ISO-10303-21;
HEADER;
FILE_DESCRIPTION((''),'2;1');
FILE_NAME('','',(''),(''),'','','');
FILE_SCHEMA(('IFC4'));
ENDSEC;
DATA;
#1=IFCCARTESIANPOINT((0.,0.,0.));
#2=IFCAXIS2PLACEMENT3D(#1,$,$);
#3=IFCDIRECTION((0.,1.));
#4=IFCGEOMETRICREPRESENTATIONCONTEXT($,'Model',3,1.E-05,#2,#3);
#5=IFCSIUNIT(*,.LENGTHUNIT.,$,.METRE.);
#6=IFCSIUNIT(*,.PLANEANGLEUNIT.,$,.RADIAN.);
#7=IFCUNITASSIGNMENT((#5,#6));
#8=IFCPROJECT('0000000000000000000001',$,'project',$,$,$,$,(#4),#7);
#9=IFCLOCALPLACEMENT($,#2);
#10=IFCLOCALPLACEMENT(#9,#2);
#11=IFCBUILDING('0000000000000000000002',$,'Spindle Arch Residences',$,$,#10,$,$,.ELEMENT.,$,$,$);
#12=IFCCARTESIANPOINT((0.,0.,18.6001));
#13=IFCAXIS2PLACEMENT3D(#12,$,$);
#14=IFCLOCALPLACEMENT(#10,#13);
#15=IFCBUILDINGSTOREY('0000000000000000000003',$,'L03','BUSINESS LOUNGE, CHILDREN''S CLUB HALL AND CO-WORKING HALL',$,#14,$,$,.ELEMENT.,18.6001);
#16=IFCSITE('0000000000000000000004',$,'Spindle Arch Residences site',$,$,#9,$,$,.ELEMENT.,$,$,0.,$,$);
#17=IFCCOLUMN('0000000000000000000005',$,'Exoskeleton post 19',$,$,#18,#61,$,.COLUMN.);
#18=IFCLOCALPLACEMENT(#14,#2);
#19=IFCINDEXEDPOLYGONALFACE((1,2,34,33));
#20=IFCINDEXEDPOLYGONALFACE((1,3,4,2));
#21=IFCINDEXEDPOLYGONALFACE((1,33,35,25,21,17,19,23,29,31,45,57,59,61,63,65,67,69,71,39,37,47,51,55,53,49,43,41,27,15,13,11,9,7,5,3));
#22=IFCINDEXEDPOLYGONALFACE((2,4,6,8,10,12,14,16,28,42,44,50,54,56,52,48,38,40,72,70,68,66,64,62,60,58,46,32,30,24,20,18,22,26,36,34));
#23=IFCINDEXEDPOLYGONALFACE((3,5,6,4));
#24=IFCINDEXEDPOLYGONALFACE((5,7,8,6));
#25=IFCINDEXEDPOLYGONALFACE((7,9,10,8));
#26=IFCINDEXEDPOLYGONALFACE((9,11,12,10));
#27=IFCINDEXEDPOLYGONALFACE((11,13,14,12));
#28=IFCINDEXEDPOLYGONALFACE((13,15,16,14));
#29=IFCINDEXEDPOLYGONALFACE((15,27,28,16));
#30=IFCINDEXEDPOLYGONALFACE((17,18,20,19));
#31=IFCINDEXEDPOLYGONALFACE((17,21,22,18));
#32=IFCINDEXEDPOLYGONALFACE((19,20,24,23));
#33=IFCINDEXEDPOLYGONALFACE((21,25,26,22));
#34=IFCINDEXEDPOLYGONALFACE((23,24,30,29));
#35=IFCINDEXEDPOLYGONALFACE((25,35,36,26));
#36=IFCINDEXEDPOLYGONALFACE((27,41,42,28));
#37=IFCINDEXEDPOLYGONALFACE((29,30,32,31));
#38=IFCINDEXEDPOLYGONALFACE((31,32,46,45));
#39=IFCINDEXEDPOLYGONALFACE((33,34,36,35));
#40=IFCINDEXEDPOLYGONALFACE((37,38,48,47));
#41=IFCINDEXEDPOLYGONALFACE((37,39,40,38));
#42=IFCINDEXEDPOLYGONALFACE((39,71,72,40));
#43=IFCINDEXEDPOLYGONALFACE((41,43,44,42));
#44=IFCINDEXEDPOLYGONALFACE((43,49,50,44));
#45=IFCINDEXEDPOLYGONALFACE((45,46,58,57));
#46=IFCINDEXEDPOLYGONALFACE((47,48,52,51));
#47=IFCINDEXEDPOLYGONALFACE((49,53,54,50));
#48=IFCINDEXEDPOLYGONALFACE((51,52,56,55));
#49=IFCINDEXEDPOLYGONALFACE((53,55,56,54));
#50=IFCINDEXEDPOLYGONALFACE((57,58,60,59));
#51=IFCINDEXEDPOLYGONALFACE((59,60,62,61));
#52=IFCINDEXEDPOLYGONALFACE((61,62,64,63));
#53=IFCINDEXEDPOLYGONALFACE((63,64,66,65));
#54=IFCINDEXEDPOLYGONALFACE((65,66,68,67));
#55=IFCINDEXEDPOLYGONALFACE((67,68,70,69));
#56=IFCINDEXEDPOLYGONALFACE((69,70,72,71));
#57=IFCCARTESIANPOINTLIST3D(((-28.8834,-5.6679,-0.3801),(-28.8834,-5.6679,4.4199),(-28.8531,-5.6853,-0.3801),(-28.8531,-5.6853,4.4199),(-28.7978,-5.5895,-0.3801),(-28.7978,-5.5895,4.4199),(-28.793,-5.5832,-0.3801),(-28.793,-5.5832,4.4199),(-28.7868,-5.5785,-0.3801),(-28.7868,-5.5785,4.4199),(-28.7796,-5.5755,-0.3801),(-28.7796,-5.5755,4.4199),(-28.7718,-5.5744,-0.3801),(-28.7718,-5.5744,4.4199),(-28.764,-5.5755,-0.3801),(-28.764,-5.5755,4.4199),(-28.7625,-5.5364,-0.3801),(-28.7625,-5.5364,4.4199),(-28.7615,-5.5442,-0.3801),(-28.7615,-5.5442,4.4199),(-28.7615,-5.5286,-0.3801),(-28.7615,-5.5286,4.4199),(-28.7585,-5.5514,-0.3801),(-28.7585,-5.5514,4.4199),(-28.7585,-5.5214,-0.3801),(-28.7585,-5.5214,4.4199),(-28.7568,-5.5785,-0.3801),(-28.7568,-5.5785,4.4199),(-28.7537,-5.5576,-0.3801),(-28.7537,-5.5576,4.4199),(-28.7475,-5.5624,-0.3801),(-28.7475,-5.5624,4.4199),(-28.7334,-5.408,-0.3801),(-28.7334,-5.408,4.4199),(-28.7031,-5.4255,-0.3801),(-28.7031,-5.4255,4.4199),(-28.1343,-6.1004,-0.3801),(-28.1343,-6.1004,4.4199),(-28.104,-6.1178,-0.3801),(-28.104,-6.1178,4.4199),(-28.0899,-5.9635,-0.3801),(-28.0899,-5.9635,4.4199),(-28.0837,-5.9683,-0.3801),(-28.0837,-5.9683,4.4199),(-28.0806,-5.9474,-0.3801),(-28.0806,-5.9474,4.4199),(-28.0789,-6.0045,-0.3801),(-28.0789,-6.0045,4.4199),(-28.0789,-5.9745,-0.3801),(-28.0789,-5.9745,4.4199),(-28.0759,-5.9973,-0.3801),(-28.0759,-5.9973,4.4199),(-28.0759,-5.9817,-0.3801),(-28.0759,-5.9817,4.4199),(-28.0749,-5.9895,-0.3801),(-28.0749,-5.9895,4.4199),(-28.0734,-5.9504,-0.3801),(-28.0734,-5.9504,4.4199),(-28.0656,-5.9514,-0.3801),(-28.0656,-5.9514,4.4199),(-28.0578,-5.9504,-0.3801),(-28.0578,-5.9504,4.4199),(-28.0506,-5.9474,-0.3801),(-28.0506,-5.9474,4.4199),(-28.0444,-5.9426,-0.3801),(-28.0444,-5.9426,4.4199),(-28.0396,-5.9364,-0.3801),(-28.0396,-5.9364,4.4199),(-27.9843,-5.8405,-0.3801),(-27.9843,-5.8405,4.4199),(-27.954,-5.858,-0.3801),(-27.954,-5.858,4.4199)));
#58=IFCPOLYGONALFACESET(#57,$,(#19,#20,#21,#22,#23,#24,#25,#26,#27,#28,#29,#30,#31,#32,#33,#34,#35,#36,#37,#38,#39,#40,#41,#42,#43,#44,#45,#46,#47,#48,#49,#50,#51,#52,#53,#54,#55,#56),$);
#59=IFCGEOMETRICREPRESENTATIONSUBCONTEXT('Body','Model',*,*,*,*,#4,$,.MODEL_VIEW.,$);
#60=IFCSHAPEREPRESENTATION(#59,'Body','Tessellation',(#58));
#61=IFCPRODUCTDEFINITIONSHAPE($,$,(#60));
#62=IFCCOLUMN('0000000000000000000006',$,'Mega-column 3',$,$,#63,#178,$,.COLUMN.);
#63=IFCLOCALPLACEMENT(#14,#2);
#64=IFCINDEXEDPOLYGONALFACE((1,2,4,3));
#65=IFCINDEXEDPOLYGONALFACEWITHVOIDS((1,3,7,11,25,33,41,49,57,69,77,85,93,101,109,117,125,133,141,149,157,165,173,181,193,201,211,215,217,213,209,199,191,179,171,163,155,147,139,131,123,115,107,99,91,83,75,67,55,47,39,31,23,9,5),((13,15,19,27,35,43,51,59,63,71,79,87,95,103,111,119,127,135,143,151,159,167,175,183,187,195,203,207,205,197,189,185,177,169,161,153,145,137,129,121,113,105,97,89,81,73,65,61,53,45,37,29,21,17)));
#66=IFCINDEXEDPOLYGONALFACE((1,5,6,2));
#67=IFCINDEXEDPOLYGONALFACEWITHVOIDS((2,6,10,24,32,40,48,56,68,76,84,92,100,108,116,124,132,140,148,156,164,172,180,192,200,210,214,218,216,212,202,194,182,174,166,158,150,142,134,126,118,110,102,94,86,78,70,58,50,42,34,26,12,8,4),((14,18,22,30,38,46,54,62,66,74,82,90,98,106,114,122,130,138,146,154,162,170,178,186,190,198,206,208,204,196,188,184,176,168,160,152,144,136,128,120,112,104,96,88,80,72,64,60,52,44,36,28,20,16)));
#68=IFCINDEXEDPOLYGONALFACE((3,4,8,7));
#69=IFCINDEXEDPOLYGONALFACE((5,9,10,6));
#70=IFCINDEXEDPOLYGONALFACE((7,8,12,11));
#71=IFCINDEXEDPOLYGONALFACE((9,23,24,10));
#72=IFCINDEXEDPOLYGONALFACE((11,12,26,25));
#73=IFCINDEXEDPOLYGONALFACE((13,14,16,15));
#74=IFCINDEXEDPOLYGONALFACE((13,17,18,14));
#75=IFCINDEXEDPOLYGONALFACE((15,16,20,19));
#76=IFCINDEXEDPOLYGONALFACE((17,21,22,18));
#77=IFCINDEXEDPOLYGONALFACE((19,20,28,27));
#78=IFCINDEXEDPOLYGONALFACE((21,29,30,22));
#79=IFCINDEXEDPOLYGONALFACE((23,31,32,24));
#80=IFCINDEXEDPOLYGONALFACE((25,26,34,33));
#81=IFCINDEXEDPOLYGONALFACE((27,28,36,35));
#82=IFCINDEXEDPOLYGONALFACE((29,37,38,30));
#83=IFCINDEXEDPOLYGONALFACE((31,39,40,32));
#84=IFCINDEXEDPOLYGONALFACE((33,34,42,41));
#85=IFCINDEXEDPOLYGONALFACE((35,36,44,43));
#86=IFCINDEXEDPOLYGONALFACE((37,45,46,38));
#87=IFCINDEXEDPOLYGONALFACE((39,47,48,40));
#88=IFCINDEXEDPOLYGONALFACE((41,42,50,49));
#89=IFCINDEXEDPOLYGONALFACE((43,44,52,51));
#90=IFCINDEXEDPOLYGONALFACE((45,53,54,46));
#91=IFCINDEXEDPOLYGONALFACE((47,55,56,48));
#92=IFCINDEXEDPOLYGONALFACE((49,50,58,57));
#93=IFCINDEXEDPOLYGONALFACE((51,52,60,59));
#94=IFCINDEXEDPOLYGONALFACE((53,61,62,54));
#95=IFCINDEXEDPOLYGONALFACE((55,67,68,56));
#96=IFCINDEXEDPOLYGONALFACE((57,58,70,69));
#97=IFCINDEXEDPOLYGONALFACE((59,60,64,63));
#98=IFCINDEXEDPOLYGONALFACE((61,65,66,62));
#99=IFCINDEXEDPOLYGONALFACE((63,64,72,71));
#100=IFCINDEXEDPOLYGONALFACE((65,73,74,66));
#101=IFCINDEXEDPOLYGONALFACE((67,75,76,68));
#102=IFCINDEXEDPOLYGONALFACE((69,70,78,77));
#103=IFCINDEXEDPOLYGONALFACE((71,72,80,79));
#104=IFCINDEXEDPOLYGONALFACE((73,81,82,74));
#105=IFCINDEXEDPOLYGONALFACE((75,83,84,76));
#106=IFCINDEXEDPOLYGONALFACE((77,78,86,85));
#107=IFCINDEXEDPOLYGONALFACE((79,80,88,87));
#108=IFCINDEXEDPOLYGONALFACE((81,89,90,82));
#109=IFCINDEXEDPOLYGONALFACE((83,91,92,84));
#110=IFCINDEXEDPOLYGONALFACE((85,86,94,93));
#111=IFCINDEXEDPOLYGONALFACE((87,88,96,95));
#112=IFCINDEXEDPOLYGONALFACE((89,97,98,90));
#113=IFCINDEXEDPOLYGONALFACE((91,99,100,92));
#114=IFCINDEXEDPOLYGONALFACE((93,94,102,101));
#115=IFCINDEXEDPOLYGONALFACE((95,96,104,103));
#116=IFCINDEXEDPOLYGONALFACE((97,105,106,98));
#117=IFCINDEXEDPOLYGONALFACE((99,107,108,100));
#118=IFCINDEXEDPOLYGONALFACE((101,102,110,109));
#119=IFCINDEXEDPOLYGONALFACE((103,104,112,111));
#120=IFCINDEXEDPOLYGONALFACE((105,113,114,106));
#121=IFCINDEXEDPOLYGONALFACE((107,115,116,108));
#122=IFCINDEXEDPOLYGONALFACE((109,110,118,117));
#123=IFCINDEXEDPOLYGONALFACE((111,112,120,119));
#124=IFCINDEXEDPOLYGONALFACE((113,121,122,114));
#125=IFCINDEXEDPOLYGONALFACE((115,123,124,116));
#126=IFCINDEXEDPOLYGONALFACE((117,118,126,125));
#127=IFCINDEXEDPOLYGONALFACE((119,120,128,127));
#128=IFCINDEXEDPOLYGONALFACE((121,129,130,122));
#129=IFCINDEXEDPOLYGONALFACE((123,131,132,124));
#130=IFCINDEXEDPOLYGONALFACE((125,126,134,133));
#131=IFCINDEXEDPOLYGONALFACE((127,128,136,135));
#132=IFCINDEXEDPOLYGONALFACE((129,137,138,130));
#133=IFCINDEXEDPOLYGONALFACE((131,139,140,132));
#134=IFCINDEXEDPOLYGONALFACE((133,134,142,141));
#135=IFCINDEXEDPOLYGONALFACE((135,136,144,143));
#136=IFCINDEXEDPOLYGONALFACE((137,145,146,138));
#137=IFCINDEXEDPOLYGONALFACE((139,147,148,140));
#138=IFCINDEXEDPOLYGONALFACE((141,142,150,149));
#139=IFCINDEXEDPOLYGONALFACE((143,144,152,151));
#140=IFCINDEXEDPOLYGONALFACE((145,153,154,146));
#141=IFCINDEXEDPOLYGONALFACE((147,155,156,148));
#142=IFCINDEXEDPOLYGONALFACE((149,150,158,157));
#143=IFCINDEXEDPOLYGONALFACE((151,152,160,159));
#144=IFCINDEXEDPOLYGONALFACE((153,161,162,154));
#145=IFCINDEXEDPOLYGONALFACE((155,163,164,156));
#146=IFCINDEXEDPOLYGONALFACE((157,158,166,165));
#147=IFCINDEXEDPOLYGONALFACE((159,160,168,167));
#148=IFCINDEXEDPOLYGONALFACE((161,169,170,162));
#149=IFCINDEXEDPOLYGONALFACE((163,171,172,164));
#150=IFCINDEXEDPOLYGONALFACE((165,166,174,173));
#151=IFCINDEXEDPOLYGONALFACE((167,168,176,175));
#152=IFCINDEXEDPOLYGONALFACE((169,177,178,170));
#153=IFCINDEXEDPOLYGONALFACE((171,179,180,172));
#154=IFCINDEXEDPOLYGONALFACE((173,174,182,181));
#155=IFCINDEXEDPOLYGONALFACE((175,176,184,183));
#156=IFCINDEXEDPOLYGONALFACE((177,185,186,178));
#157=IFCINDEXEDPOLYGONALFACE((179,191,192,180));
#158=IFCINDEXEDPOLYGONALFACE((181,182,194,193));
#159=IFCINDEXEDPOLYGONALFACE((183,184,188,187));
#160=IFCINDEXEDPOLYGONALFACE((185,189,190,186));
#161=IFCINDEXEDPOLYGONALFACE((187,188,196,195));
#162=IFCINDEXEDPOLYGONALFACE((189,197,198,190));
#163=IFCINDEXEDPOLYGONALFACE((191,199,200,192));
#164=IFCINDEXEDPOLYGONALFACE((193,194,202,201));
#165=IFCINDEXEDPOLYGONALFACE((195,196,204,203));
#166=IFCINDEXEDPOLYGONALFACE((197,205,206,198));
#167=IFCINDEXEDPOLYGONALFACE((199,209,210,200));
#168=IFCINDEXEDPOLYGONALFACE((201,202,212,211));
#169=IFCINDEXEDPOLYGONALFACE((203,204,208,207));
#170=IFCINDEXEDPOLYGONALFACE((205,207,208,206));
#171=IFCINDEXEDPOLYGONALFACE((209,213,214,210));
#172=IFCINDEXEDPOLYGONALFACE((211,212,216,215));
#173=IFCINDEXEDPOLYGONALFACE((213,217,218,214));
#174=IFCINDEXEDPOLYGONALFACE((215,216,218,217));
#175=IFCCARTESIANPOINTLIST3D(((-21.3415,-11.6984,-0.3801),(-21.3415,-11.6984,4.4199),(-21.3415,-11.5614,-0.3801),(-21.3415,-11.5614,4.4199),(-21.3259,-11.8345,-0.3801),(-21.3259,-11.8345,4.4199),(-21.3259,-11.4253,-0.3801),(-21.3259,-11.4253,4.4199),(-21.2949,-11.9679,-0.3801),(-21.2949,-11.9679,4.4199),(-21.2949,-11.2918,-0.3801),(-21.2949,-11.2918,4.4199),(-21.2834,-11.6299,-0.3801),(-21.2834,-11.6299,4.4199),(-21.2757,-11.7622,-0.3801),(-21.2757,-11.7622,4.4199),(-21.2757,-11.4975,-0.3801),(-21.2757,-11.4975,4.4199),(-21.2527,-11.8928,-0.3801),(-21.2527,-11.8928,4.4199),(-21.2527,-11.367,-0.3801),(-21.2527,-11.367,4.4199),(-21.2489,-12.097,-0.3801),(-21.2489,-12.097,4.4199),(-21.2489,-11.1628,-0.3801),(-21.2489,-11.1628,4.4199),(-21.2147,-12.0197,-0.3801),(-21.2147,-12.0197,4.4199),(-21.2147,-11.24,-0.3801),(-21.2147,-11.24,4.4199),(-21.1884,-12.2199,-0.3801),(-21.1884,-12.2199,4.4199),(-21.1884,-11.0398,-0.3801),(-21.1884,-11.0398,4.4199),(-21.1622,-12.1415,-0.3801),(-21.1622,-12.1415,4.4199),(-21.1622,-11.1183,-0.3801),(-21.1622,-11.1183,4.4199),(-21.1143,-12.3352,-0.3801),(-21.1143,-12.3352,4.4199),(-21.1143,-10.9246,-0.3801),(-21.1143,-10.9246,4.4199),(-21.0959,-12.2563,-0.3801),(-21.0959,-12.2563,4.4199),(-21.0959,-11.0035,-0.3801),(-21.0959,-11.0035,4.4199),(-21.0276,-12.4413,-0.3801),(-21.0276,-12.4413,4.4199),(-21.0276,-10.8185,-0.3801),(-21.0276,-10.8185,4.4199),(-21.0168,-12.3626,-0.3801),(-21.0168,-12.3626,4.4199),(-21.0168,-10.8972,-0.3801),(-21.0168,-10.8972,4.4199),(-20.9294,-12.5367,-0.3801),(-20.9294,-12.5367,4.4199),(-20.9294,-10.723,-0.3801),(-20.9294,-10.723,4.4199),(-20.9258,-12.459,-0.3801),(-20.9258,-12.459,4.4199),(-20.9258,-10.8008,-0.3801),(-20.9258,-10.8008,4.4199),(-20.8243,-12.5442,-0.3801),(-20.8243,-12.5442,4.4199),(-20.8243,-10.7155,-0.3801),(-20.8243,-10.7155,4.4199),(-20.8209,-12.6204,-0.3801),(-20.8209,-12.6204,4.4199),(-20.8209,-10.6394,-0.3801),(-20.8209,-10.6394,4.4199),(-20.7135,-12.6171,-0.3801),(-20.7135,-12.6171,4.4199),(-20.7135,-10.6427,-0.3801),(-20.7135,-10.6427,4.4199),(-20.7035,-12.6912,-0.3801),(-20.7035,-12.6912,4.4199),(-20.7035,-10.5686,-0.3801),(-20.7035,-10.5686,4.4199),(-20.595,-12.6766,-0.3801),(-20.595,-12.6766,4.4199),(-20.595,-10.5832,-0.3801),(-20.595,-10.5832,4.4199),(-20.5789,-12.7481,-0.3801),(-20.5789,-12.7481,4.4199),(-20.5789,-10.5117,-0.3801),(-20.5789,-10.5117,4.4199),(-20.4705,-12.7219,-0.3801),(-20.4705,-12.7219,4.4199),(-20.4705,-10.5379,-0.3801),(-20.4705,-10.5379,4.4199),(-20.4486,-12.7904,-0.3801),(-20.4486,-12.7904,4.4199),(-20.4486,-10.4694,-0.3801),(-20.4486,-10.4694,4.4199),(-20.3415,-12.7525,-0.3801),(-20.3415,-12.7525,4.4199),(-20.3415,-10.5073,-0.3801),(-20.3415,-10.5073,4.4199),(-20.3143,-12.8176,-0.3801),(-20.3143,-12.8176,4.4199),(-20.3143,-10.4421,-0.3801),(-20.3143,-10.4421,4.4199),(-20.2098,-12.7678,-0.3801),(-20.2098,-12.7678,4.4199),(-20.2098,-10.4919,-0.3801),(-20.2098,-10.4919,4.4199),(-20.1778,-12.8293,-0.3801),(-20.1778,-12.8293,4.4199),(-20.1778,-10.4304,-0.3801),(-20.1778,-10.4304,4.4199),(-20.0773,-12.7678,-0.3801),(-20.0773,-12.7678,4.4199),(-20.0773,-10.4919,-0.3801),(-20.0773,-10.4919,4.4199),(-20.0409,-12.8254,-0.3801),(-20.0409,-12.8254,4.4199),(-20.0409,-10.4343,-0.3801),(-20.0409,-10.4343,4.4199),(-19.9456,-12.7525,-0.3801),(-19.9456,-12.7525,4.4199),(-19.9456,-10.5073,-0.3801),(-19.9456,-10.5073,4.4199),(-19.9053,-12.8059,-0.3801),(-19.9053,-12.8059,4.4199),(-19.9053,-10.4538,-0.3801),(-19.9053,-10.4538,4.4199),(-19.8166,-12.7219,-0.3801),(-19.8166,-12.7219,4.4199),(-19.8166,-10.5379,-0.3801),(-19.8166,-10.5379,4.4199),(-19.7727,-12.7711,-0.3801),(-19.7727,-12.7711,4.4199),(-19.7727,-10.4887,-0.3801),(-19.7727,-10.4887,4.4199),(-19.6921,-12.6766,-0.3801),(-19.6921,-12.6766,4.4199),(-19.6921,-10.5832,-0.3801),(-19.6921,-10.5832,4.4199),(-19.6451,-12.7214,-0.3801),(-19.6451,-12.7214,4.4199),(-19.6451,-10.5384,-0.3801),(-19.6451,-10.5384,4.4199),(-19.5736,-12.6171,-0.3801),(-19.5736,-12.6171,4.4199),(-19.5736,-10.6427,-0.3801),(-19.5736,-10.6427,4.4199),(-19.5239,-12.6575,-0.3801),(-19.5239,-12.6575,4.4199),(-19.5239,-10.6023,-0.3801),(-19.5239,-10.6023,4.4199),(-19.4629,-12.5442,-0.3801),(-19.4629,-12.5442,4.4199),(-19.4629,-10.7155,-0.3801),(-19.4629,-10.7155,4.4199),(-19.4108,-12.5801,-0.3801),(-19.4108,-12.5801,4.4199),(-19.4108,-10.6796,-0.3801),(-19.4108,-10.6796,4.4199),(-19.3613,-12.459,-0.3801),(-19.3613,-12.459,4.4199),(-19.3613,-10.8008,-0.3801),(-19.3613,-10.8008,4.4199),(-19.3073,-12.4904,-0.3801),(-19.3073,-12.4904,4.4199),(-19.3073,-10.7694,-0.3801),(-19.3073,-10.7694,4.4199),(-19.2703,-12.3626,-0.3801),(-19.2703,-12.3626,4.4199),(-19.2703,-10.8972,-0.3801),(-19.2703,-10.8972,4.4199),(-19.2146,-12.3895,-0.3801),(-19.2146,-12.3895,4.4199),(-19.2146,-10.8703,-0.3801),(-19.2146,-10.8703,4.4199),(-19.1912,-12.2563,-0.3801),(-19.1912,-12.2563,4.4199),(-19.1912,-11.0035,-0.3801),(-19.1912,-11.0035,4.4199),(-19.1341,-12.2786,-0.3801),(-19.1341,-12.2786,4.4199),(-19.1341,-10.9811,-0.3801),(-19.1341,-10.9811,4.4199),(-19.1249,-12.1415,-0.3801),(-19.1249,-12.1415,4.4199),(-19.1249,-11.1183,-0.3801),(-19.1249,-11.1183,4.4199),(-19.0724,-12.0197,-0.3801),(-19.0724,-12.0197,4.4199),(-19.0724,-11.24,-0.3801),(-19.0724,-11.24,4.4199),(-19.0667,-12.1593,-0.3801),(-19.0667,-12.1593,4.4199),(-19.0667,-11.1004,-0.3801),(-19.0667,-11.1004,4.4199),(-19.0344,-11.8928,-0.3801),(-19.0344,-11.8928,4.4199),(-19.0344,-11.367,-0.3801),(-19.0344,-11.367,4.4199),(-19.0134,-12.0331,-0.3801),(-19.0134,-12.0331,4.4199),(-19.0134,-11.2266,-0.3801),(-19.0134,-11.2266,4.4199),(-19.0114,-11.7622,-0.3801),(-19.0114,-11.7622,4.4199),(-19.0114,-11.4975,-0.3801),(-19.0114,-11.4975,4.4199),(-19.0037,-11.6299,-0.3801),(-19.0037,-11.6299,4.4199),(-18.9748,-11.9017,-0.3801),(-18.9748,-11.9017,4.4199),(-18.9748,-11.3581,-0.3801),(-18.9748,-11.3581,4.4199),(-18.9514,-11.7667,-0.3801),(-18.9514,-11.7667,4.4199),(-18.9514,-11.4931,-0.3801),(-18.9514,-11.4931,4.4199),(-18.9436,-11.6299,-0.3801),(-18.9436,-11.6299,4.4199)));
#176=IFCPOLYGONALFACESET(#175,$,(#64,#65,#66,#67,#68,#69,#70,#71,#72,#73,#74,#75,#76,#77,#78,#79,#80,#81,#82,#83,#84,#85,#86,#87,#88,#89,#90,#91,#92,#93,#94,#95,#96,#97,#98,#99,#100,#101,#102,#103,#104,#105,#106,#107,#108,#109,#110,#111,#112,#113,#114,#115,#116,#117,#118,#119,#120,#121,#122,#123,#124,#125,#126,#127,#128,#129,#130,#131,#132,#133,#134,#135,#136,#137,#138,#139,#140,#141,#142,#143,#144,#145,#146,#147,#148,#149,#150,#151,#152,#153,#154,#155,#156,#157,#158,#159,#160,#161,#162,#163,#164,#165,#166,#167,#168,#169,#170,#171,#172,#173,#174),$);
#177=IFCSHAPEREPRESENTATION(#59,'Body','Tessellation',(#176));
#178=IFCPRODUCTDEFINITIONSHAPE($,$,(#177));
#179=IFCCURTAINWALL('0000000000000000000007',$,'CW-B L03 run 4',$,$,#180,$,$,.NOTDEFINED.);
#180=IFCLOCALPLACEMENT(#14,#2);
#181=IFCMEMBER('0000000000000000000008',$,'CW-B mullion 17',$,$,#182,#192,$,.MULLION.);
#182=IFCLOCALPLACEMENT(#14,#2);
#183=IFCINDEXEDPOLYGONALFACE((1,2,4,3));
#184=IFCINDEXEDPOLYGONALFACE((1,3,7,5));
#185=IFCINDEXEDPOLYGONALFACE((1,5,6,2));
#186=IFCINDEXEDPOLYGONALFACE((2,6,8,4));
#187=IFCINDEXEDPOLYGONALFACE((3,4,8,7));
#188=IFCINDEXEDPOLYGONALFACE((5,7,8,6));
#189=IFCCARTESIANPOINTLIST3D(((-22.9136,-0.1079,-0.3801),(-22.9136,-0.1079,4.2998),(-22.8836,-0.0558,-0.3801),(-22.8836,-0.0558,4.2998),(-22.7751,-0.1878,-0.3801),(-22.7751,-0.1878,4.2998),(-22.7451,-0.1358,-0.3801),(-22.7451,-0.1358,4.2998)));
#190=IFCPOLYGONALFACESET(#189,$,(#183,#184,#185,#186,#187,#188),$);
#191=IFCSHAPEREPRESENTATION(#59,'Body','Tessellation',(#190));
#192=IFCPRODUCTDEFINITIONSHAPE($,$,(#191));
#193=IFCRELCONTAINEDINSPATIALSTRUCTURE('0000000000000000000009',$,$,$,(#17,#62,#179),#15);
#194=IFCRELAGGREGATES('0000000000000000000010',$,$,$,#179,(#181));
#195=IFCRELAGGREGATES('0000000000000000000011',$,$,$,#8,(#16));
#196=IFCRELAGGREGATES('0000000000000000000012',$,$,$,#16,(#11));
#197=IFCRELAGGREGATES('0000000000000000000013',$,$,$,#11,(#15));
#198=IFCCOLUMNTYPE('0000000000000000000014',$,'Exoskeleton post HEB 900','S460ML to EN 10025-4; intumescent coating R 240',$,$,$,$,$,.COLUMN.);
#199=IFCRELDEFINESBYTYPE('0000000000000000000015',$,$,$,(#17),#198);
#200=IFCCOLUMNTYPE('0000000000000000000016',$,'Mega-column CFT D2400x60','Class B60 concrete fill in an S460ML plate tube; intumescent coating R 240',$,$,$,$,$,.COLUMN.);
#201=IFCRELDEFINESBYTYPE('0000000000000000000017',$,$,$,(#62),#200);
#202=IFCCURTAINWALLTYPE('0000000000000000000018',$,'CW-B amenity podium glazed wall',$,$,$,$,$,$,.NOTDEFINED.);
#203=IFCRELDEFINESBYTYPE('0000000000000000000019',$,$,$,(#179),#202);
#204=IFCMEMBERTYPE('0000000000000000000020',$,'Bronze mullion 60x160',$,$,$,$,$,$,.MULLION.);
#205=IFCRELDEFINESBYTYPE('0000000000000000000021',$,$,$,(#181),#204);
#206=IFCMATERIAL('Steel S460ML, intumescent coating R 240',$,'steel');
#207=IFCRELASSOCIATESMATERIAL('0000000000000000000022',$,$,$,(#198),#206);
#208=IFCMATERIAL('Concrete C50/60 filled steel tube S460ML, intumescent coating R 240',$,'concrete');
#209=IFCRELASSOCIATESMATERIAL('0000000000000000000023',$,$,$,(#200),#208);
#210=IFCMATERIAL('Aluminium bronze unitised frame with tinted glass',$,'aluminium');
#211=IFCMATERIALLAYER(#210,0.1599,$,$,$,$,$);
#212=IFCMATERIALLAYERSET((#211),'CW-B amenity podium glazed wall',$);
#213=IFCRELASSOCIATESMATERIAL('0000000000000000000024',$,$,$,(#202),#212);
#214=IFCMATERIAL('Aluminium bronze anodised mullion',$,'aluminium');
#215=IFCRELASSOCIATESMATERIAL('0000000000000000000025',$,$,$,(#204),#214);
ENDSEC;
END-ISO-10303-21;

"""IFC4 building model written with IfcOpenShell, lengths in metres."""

from ifc_helpers import new_model, si_unit, direction, frame, origin, origin_2d, place, context, subcontext, project, spatial, rectangle, hollow_circle, i_section, extrude, material, layer, layer_set, material_profile, profile_set, type_object, element, aggregate, save


model = new_model("IFC4")

# Units and contexts
model_context = context("Model", 3, precision=1e-05, world=origin(), true_north=direction((0.0, 1.0)))
body_context = subcontext(model_context, "Body", "Model", "MODEL_VIEW")
ifc_project = project(units=[si_unit("LENGTHUNIT", "METRE"), si_unit("PLANEANGLEUNIT", "RADIAN")], contexts=[model_context])

# Site, building, storey
site_placement = place(None, origin())
site = spatial("IfcSite", under=ifc_project, at=site_placement, Name="Spindle Arch Residences site", CompositionType="ELEMENT", RefElevation=0.0)
building_placement = place(site_placement, origin())
building = spatial("IfcBuilding", under=site, at=building_placement, Name="Spindle Arch Residences", CompositionType="ELEMENT")
storey_placement = place(building_placement, frame((0.0, 0.0, 18.6001)))
storey = spatial("IfcBuildingStorey", under=building, at=storey_placement, Name="L03", Description="BUSINESS LOUNGE, CHILDREN'S CLUB HALL AND CO-WORKING HALL", CompositionType="ELEMENT", Elevation=18.6001)

# Columns
ifc_material_1 = material(Name="Steel S460ML, intumescent coating R 240", Category="steel")
ifc_material_profile_1 = material_profile(ifc_material_1, i_section(OverallWidth=0.3, OverallDepth=0.8999, WebThickness=0.0186, FlangeThickness=0.0349, FilletRadius=0.03, at=origin_2d()), Name="HEB 900")
ifc_profile_set_1 = profile_set([ifc_material_profile_1], Name="Steel S460ML, intumescent coating R 240")
column_type_1 = type_object("IfcColumnType", Name="Exoskeleton post HEB 900", Description="S460ML to EN 10025-4; intumescent coating R 240", PredefinedType="COLUMN", material=ifc_profile_set_1)
column_1_placement = place(storey_placement, frame((-28.4187, -5.7629, -0.3801), z_axis=(0.0, 0.0, 1.0), x_axis=(0.5, 0.866025, 0.0)))
element("IfcColumn", 1, at=column_1_placement, inside=storey, type_object=column_type_1, Name="Exoskeleton post 19", PredefinedType="COLUMN", context=body_context, shape_type="SweptSolid", body=[
    extrude(i_section(OverallWidth=0.3, OverallDepth=0.8999, WebThickness=0.0186, FlangeThickness=0.0349, FilletRadius=0.03, at=origin_2d()), origin(), (0.0, 0.0, 1.0), 4.8),
])
ifc_material_2 = material(Name="Concrete C50/60 filled steel tube S460ML, intumescent coating R 240", Category="concrete")
ifc_material_profile_2 = material_profile(ifc_material_2, hollow_circle(Radius=1.2, WallThickness=0.0601, at=origin_2d()), Name="CFT D2400x60")
ifc_profile_set_2 = profile_set([ifc_material_profile_2], Name="Concrete C50/60 filled steel tube S460ML, intumescent coating R 240")
column_type_2 = type_object("IfcColumnType", Name="Mega-column CFT D2400x60", Description="Class B60 concrete fill in an S460ML plate tube; intumescent coating R 240", PredefinedType="COLUMN", material=ifc_profile_set_2)
column_2_placement = place(storey_placement, frame((-20.1436, -11.6299, -0.3801), z_axis=(0.0, 0.0, 1.0), x_axis=(1.0, 0.0, 0.0)))
element("IfcColumn", 2, at=column_2_placement, inside=storey, type_object=column_type_2, Name="Mega-column 3", PredefinedType="COLUMN", context=body_context, shape_type="SweptSolid", body=[
    extrude(hollow_circle(Radius=1.2, WallThickness=0.0601, at=origin_2d()), origin(), (0.0, 0.0, 1.0), 4.8),
])

# Curtain wall, member
ifc_material_3 = material(Name="Aluminium bronze unitised frame with tinted glass", Category="aluminium")
ifc_layer_1 = layer(ifc_material_3, 0.1599)
ifc_layer_set_1 = layer_set([ifc_layer_1], Name="CW-B amenity podium glazed wall")
curtain_wall_type_1 = type_object("IfcCurtainWallType", Name="CW-B amenity podium glazed wall", PredefinedType="NOTDEFINED", material=ifc_layer_set_1)
curtain_wall_1_placement = place(storey_placement, origin())
curtain_wall_1 = element("IfcCurtainWall", 3, at=curtain_wall_1_placement, inside=storey, type_object=curtain_wall_type_1, Name="CW-B L03 run 4", PredefinedType="NOTDEFINED")
ifc_material_4 = material(Name="Aluminium bronze anodised mullion", Category="aluminium")
ifc_material_profile_3 = material_profile(ifc_material_4, rectangle(XDim=0.1599, YDim=0.0601, at=origin_2d()), Name="MU 60x160")
ifc_profile_set_3 = profile_set([ifc_material_profile_3], Name="Aluminium bronze anodised mullion")
member_type_1 = type_object("IfcMemberType", Name="Bronze mullion 60x160", PredefinedType="MULLION", material=ifc_profile_set_3)
member_1_placement = place(storey_placement, frame((-22.8293, -0.1218, -0.3801), z_axis=(0.0, 0.0, 1.0), x_axis=(0.866025, -0.5, 0.0)))
member_1 = element("IfcMember", 4, at=member_1_placement, type_object=member_type_1, Name="CW-B mullion 17", PredefinedType="MULLION", context=body_context, shape_type="SweptSolid", body=[
    extrude(rectangle(XDim=0.1599, YDim=0.0601, at=origin_2d()), origin(), (0.0, 0.0, 1.0), 4.6799),
])

aggregate(curtain_wall_1, [member_1])

save(model, "model.ifc")
